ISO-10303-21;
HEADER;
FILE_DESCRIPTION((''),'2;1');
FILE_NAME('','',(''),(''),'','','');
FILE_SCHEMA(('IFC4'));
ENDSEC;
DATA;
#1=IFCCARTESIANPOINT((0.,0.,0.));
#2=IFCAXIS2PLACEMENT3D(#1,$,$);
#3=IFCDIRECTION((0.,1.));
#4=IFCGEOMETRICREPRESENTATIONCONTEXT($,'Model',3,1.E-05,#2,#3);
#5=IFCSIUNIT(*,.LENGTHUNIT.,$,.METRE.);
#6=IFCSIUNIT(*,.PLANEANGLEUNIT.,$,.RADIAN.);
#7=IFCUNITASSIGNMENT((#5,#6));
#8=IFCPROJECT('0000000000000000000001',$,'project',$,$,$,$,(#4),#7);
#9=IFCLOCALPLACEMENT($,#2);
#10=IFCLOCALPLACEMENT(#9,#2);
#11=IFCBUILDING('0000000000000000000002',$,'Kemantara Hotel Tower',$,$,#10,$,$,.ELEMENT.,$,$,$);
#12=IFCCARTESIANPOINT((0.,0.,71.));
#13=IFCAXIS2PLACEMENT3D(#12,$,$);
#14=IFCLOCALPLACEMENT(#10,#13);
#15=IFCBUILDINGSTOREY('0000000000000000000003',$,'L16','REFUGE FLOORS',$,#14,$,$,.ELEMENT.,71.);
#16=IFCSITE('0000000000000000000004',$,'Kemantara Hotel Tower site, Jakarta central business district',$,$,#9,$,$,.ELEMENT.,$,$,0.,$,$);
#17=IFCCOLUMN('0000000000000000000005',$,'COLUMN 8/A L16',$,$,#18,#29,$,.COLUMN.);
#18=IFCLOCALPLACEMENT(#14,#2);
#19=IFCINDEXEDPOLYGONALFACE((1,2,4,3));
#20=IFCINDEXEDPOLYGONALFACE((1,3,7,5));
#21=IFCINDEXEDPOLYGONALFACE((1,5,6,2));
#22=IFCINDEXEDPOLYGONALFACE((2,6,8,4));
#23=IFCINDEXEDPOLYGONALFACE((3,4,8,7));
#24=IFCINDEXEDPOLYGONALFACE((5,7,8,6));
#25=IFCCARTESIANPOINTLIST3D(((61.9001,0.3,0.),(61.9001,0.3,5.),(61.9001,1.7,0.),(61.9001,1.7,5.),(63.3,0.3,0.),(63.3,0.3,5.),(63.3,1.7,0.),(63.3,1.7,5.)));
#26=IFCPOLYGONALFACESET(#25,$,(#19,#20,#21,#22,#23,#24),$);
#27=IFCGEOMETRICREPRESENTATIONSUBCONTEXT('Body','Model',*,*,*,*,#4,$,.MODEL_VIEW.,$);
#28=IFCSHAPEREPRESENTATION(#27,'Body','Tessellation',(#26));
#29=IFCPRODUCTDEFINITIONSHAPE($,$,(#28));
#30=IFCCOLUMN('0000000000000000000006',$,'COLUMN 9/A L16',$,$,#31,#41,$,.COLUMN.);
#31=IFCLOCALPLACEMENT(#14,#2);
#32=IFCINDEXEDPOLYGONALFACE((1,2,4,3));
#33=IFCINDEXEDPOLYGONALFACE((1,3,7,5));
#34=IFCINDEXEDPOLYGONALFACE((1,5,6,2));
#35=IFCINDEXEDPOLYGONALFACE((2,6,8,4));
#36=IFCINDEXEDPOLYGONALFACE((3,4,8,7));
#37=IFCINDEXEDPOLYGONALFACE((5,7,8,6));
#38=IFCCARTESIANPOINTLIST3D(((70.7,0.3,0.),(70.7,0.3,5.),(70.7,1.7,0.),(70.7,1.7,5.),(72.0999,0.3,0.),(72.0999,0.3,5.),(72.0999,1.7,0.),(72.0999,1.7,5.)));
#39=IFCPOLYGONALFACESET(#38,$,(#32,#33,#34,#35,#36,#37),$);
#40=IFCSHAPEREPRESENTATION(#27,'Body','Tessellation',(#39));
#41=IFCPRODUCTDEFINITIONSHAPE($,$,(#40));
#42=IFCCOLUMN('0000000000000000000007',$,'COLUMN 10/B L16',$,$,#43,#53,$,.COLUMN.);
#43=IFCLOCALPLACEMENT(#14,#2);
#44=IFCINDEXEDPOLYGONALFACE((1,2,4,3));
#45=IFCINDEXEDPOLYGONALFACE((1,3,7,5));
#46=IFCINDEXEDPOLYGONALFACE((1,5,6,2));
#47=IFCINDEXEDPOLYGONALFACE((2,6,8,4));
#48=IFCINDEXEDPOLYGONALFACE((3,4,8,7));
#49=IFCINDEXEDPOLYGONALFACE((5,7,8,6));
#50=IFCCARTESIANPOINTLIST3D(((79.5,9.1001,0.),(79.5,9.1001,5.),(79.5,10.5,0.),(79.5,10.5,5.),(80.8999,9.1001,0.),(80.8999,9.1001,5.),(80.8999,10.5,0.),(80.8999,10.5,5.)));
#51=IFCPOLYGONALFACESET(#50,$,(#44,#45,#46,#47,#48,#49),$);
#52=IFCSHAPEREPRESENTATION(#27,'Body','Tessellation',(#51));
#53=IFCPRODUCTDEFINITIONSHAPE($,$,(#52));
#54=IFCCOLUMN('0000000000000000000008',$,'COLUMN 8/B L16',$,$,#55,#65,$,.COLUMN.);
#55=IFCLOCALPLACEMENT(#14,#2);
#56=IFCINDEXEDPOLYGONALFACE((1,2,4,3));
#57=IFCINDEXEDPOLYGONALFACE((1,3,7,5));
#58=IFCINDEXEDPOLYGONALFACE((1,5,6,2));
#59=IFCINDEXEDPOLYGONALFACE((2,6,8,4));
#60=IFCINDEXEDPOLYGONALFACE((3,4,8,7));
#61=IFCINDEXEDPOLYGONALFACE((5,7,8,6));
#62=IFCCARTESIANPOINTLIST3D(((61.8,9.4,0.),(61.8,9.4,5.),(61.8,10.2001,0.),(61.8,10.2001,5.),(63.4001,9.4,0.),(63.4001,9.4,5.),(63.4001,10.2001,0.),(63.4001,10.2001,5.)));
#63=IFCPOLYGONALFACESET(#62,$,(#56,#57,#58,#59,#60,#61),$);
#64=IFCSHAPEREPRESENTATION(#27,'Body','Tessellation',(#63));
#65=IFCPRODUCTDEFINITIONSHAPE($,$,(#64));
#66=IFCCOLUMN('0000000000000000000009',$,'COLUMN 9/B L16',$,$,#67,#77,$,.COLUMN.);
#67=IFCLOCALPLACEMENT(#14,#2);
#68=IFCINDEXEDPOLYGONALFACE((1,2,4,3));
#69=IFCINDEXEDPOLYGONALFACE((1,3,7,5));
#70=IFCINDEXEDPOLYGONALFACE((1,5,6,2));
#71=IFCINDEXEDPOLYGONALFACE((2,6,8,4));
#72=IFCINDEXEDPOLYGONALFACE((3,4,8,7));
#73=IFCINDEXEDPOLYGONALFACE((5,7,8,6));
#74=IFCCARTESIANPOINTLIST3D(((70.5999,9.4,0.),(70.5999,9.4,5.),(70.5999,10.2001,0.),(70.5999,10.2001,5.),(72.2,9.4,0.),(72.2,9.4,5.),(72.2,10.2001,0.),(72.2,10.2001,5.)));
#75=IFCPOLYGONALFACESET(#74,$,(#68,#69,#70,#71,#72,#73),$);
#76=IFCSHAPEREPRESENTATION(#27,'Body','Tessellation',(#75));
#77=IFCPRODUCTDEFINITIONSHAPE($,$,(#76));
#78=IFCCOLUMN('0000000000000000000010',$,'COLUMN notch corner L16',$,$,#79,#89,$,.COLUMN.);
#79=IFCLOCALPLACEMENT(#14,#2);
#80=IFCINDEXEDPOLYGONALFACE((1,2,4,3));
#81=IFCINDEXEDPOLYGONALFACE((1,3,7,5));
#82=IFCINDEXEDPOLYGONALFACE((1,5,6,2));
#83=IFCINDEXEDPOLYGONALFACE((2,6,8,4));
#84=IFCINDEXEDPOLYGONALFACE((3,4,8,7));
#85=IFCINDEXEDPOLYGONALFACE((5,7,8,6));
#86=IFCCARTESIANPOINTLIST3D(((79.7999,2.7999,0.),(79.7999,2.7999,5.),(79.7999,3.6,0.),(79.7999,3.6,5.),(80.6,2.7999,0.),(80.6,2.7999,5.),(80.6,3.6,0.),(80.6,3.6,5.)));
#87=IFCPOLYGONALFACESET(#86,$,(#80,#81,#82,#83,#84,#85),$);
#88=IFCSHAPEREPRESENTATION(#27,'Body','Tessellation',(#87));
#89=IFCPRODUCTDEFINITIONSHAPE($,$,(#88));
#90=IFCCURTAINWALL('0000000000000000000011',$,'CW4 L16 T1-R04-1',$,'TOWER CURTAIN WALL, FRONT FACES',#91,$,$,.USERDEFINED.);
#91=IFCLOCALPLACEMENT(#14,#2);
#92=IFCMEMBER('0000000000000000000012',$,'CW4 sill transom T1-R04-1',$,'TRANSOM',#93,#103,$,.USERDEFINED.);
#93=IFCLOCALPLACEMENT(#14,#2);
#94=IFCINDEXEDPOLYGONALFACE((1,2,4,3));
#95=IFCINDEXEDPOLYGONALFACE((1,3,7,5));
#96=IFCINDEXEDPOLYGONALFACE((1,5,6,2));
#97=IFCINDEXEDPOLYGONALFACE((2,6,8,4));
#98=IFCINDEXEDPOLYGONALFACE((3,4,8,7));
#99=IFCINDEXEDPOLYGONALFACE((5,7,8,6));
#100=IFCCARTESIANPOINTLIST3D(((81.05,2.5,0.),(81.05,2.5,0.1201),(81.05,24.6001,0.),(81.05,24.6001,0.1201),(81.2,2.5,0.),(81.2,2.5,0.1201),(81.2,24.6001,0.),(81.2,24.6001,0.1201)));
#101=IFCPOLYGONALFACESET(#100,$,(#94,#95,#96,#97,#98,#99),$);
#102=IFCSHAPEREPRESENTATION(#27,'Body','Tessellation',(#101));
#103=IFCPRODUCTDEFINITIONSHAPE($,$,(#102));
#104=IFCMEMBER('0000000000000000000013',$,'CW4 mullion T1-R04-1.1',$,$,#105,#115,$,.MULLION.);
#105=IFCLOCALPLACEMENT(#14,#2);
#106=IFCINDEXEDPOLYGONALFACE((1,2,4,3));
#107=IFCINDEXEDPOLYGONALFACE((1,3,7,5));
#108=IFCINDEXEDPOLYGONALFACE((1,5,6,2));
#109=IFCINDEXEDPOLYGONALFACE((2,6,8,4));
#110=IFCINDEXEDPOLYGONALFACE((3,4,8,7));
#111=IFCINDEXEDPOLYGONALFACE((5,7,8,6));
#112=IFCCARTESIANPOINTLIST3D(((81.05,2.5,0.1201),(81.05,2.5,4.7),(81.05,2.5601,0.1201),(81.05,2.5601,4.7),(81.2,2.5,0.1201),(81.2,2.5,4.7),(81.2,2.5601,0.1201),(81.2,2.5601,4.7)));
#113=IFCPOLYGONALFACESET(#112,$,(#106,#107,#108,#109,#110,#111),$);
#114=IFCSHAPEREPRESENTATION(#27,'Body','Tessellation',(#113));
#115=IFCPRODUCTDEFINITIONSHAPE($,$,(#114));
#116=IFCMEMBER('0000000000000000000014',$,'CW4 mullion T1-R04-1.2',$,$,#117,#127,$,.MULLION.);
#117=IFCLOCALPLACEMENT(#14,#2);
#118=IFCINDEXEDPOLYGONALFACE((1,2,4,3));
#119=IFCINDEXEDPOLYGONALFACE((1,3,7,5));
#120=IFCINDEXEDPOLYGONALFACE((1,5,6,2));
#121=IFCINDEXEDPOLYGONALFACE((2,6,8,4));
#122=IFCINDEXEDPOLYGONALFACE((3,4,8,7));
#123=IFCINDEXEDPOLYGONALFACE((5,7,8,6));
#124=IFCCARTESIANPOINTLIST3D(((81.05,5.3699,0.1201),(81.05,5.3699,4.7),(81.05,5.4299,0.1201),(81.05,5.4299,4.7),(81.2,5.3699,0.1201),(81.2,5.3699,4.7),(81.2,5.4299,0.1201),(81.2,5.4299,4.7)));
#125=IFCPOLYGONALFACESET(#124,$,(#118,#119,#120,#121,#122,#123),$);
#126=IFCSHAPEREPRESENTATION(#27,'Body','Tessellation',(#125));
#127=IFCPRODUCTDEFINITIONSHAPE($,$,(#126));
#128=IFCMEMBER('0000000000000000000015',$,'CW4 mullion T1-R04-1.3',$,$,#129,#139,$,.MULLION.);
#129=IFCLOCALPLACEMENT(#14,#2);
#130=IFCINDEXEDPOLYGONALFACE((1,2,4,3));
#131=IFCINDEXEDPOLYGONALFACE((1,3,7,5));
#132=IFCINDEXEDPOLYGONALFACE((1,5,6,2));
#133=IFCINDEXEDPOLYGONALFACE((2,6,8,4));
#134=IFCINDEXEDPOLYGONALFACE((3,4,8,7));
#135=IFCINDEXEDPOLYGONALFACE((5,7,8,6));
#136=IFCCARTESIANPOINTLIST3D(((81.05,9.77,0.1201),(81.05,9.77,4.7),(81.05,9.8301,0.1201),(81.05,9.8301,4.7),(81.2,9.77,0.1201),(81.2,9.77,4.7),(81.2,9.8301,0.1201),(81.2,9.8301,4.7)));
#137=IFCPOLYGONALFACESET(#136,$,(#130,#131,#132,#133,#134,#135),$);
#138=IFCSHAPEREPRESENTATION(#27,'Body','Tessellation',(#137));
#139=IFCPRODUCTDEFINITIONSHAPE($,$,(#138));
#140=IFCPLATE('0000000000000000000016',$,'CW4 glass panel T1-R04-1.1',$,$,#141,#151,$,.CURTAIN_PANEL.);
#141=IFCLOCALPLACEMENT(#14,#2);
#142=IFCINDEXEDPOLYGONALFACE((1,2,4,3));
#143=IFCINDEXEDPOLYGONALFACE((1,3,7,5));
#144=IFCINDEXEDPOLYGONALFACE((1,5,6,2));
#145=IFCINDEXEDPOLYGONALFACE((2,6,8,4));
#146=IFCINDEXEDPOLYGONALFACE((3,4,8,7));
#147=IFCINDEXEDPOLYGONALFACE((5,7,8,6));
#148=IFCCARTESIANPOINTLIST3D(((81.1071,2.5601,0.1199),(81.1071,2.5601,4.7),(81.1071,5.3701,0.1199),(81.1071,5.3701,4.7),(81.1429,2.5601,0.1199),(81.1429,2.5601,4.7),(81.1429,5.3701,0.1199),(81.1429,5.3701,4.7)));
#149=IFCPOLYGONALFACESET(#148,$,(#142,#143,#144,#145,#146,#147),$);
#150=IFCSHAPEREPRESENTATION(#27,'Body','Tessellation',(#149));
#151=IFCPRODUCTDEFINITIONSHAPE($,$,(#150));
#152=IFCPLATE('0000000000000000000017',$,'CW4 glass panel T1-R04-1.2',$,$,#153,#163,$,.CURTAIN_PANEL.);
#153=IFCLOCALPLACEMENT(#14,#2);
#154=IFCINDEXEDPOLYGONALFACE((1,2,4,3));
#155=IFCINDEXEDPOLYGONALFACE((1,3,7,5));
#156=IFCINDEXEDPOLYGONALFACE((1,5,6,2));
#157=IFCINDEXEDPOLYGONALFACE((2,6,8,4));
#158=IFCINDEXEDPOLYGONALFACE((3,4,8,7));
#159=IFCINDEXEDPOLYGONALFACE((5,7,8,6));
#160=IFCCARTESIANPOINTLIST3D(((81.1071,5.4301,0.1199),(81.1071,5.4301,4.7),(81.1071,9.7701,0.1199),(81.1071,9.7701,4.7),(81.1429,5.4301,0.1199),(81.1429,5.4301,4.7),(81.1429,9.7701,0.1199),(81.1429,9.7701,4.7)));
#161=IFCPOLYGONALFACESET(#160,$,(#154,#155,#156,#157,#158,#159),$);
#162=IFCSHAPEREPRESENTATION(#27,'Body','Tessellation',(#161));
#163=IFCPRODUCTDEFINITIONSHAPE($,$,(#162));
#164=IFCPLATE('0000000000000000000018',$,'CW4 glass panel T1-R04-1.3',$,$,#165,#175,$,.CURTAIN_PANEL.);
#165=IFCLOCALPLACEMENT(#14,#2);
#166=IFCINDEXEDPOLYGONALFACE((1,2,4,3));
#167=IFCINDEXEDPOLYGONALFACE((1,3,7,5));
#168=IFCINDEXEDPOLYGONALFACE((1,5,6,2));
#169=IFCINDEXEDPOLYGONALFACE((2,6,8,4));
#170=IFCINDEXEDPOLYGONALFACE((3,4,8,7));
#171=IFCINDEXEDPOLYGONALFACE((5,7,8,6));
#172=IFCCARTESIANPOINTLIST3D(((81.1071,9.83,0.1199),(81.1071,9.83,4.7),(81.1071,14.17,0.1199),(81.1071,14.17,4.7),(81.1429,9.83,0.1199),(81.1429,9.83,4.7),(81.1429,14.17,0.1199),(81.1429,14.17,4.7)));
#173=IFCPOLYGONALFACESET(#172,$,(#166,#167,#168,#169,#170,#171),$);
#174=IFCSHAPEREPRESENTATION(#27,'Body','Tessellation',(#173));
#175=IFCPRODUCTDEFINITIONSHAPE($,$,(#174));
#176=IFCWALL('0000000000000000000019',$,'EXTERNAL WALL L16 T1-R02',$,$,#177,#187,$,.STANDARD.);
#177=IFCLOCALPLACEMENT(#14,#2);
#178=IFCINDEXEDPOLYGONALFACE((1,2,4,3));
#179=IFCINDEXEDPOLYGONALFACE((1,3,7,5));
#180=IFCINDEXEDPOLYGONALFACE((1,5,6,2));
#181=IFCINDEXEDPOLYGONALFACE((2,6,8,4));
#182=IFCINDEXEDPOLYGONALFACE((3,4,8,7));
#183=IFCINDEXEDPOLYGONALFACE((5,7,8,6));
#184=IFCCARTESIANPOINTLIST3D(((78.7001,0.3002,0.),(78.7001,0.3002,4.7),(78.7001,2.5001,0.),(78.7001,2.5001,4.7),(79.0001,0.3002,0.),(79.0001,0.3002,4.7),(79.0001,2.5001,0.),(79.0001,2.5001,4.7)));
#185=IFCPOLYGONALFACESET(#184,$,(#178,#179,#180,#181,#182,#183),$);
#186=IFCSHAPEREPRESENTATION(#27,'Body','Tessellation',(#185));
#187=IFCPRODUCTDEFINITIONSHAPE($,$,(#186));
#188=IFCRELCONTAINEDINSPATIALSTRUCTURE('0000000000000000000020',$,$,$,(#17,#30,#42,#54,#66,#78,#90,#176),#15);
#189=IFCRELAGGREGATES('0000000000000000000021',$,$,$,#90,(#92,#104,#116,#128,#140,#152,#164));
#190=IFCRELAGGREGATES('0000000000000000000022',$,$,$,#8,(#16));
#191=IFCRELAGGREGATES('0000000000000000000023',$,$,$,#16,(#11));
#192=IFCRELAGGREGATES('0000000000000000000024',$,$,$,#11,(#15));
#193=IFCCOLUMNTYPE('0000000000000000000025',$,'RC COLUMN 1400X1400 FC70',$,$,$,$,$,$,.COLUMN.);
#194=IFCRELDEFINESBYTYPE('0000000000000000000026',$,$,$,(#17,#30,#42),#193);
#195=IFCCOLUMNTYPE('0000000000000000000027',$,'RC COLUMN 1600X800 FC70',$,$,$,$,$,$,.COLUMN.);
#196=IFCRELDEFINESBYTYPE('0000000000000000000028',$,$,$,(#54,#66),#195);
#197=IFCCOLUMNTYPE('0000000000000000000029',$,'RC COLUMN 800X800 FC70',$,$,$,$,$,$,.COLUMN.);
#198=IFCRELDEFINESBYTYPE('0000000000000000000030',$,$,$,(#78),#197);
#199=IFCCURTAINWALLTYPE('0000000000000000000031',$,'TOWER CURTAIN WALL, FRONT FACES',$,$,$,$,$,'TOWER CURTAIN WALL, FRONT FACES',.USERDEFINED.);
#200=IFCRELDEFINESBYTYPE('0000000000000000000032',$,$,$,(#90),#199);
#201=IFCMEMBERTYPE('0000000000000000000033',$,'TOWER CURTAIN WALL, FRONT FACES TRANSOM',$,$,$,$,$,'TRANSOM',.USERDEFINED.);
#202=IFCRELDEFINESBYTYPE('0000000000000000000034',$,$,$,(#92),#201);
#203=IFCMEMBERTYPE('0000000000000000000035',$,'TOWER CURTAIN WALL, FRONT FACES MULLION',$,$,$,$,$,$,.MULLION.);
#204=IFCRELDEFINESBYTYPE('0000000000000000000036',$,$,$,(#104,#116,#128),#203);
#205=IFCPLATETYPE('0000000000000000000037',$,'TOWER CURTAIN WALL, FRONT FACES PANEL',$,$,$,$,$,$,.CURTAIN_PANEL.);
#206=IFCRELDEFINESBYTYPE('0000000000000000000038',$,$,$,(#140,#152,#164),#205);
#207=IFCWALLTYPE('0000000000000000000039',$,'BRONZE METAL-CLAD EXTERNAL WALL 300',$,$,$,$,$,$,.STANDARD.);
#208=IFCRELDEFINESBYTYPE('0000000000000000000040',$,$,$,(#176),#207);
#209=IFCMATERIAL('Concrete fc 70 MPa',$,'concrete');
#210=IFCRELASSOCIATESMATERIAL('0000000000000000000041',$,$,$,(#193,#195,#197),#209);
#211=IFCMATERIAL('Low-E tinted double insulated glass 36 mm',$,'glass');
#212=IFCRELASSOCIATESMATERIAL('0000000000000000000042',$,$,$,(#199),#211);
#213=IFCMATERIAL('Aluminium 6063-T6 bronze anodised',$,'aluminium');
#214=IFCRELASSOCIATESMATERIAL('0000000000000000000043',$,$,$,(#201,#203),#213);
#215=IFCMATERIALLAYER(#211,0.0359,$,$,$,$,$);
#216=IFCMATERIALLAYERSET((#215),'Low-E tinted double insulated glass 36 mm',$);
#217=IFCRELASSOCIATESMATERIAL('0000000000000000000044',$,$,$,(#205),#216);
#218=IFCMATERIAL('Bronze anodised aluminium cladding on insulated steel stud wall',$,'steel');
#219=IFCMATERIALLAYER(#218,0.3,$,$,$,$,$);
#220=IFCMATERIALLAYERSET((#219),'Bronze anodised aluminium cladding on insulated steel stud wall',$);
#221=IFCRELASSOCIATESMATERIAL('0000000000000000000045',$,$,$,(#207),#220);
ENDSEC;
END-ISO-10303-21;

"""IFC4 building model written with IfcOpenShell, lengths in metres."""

from ifc_helpers import new_model, si_unit, direction, frame, frame_2d, origin, origin_2d, place, context, subcontext, project, spatial, rectangle, extrude, source, transform, mapped, material, layer, layer_set, material_profile, profile_set, type_object, element, aggregate, save


model = new_model("IFC4")

# Units and contexts
model_context = context("Model", 3, precision=1e-05, world=origin(), true_north=direction((0.0, 1.0)))
body_context = subcontext(model_context, "Body", "Model", "MODEL_VIEW")
ifc_project = project(units=[si_unit("LENGTHUNIT", "METRE"), si_unit("PLANEANGLEUNIT", "RADIAN")], contexts=[model_context])

# Site, building, storey
site_placement = place(None, origin())
site = spatial("IfcSite", under=ifc_project, at=site_placement, Name="Kemantara Hotel Tower site, Jakarta central business district", CompositionType="ELEMENT", RefElevation=0.0)
building_placement = place(site_placement, origin())
building = spatial("IfcBuilding", under=site, at=building_placement, Name="Kemantara Hotel Tower", CompositionType="ELEMENT")
storey_placement = place(building_placement, frame((0.0, 0.0, 71.0)))
storey = spatial("IfcBuildingStorey", under=building, at=storey_placement, Name="L16", Description="REFUGE FLOORS", CompositionType="ELEMENT", Elevation=71.0)

# Columns
ifc_material_1 = material(Name="Concrete fc 70 MPa", Category="concrete")
ifc_material_profile_1 = material_profile(ifc_material_1, rectangle(XDim=1.3999, YDim=1.3999, at=origin_2d()), Name="RC 1400X1400")
ifc_profile_set_1 = profile_set([ifc_material_profile_1], Name="Concrete fc 70 MPa")
column_type_1 = type_object("IfcColumnType", Name="RC COLUMN 1400X1400 FC70", PredefinedType="COLUMN", material=ifc_profile_set_1)
for number, where, z_axis, x_axis, name in (
    (1, (62.6001, 1.0, 0.0), (0.0, 0.0, 1.0), (1.0, 0.0, 0.0), "COLUMN 8/A L16"),
    (2, (71.3999, 1.0, 0.0), (0.0, 0.0, 1.0), (1.0, 0.0, 0.0), "COLUMN 9/A L16"),
    (3, (80.2, 9.8, 0.0), (0.0, 0.0, 1.0), (1.0, 0.0, 0.0), "COLUMN 10/B L16"),
):
    element("IfcColumn", number, at=place(storey_placement, frame(where, z_axis=z_axis, x_axis=x_axis)), inside=storey, type_object=column_type_1, Name=name, PredefinedType="COLUMN", context=body_context, shape_type="SweptSolid", body=[
        extrude(rectangle(XDim=1.3999, YDim=1.3999, at=origin_2d()), origin(), (0.0, 0.0, 1.0), 5.0),
    ])
ifc_material_profile_2 = material_profile(ifc_material_1, rectangle(XDim=1.6001, YDim=0.8, at=origin_2d()), Name="RC 1600X800")
ifc_profile_set_2 = profile_set([ifc_material_profile_2], Name="Concrete fc 70 MPa")
column_type_2 = type_object("IfcColumnType", Name="RC COLUMN 1600X800 FC70", PredefinedType="COLUMN", material=ifc_profile_set_2)
for number, where, z_axis, x_axis, name in (
    (4, (62.6001, 9.8, 0.0), (0.0, 0.0, 1.0), (1.0, 0.0, 0.0), "COLUMN 8/B L16"),
    (5, (71.3999, 9.8, 0.0), (0.0, 0.0, 1.0), (1.0, 0.0, 0.0), "COLUMN 9/B L16"),
):
    element("IfcColumn", number, at=place(storey_placement, frame(where, z_axis=z_axis, x_axis=x_axis)), inside=storey, type_object=column_type_2, Name=name, PredefinedType="COLUMN", context=body_context, shape_type="SweptSolid", body=[
        extrude(rectangle(XDim=1.6001, YDim=0.8, at=origin_2d()), origin(), (0.0, 0.0, 1.0), 5.0),
    ])
ifc_material_profile_3 = material_profile(ifc_material_1, rectangle(XDim=0.8, YDim=0.8, at=origin_2d()), Name="RC 800X800")
ifc_profile_set_3 = profile_set([ifc_material_profile_3], Name="Concrete fc 70 MPa")
column_type_3 = type_object("IfcColumnType", Name="RC COLUMN 800X800 FC70", PredefinedType="COLUMN", material=ifc_profile_set_3)
column_placement = place(storey_placement, frame((80.2, 3.2, 0.0), z_axis=(0.0, 0.0, 1.0), x_axis=(1.0, 0.0, 0.0)))
element("IfcColumn", 6, at=column_placement, inside=storey, type_object=column_type_3, Name="COLUMN notch corner L16", PredefinedType="COLUMN", context=body_context, shape_type="SweptSolid", body=[
    extrude(rectangle(XDim=0.8, YDim=0.8, at=origin_2d()), origin(), (0.0, 0.0, 1.0), 5.0),
])

# Curtain wall, members, plates
ifc_material_2 = material(Name="Low-E tinted double insulated glass 36 mm", Category="glass")
curtain_wall_type = type_object("IfcCurtainWallType", Name="TOWER CURTAIN WALL, FRONT FACES", ElementType="TOWER CURTAIN WALL, FRONT FACES", PredefinedType="USERDEFINED", material=ifc_material_2)
curtain_wall_placement = place(storey_placement, origin())
curtain_wall = element("IfcCurtainWall", 7, at=curtain_wall_placement, inside=storey, type_object=curtain_wall_type, Name="CW4 L16 T1-R04-1", ObjectType="TOWER CURTAIN WALL, FRONT FACES", PredefinedType="USERDEFINED")
ifc_material_3 = material(Name="Aluminium 6063-T6 bronze anodised", Category="aluminium")
ifc_material_profile_4 = material_profile(ifc_material_3, rectangle(XDim=0.1499, YDim=0.1201, at=origin_2d()), Name="TOWER CURTAIN WALL, FRONT FACES TRANSOM")
ifc_profile_set_4 = profile_set([ifc_material_profile_4], Name="Aluminium 6063-T6 bronze anodised")
member_type_1 = type_object("IfcMemberType", Name="TOWER CURTAIN WALL, FRONT FACES TRANSOM", ElementType="TRANSOM", PredefinedType="USERDEFINED", material=ifc_profile_set_4)
member_1_placement = place(storey_placement, frame((81.125, 2.5, 0.0601), z_axis=(0.0, 1.0, 0.0), x_axis=(-1.0, 0.0, 0.0)))
member_1 = element("IfcMember", 8, at=member_1_placement, type_object=member_type_1, Name="CW4 sill transom T1-R04-1", ObjectType="TRANSOM", PredefinedType="USERDEFINED", context=body_context, shape_type="SweptSolid", body=[
    extrude(rectangle(XDim=0.1499, YDim=0.1201, at=origin_2d()), origin(), (0.0, 0.0, 1.0), 22.1001),
])
ifc_material_profile_5 = material_profile(ifc_material_3, rectangle(XDim=0.1499, YDim=0.0601, at=origin_2d()), Name="TOWER CURTAIN WALL, FRONT FACES MULLION")
ifc_profile_set_5 = profile_set([ifc_material_profile_5], Name="Aluminium 6063-T6 bronze anodised")
member_type_2 = type_object("IfcMemberType", Name="TOWER CURTAIN WALL, FRONT FACES MULLION", PredefinedType="MULLION", material=ifc_profile_set_5)
shared_shape_1 = source(origin(), body_context, "Body", "SweptSolid", [
    extrude(rectangle(XDim=0.1499, YDim=0.0601, at=origin_2d()), origin(), (0.0, 0.0, 1.0), 4.5798),
])
member_2_placement = place(storey_placement, frame((81.125, 2.53, 0.1201), z_axis=(0.0, 0.0, 1.0), x_axis=(-1.0, 0.0, 0.0)))
member_2 = element("IfcMember", 9, at=member_2_placement, type_object=member_type_2, Name="CW4 mullion T1-R04-1.1", PredefinedType="MULLION", context=body_context, shape_type="MappedRepresentation", body=[
    mapped(shared_shape_1, transform((0.0, 0.0, 0.0))),
])
member_3_placement = place(storey_placement, frame((81.125, 5.3999, 0.1201), z_axis=(0.0, 0.0, 1.0), x_axis=(-1.0, 0.0, 0.0)))
member_3 = element("IfcMember", 10, at=member_3_placement, type_object=member_type_2, Name="CW4 mullion T1-R04-1.2", PredefinedType="MULLION", context=body_context, shape_type="MappedRepresentation", body=[
    mapped(shared_shape_1, transform((0.0, 0.0, 0.0))),
])
member_4_placement = place(storey_placement, frame((81.125, 9.8, 0.1201), z_axis=(0.0, 0.0, 1.0), x_axis=(-1.0, 0.0, 0.0)))
member_4 = element("IfcMember", 11, at=member_4_placement, type_object=member_type_2, Name="CW4 mullion T1-R04-1.3", PredefinedType="MULLION", context=body_context, shape_type="MappedRepresentation", body=[
    mapped(shared_shape_1, transform((0.0, 0.0, 0.0))),
])
ifc_layer_1 = layer(ifc_material_2, 0.0359)
ifc_layer_set_1 = layer_set([ifc_layer_1], Name="Low-E tinted double insulated glass 36 mm")
plate_type = type_object("IfcPlateType", Name="TOWER CURTAIN WALL, FRONT FACES PANEL", PredefinedType="CURTAIN_PANEL", material=ifc_layer_set_1)
shared_shape_2 = source(origin(), body_context, "Body", "SweptSolid", [
    extrude(rectangle(XDim=2.8101, YDim=0.0359, at=origin_2d()), origin(), (0.0, 0.0, 1.0), 4.5801),
])
plate_1_placement = place(storey_placement, frame((81.125, 3.9651, 0.1199), z_axis=(0.0, 0.0, 1.0), x_axis=(0.0, 1.0, 0.0)))
plate_1 = element("IfcPlate", 12, at=plate_1_placement, type_object=plate_type, Name="CW4 glass panel T1-R04-1.1", PredefinedType="CURTAIN_PANEL", context=body_context, shape_type="MappedRepresentation", body=[
    mapped(shared_shape_2, transform((0.0, 0.0, 0.0))),
])
shared_shape_3 = source(origin(), body_context, "Body", "SweptSolid", [
    extrude(rectangle(XDim=4.3401, YDim=0.0359, at=origin_2d()), origin(), (0.0, 0.0, 1.0), 4.5801),
])
plate_2_placement = place(storey_placement, frame((81.125, 7.6001, 0.1199), z_axis=(0.0, 0.0, 1.0), x_axis=(0.0, 1.0, 0.0)))
plate_2 = element("IfcPlate", 13, at=plate_2_placement, type_object=plate_type, Name="CW4 glass panel T1-R04-1.2", PredefinedType="CURTAIN_PANEL", context=body_context, shape_type="MappedRepresentation", body=[
    mapped(shared_shape_3, transform((0.0, 0.0, 0.0))),
])
plate_3_placement = place(storey_placement, frame((81.125, 12.0, 0.1199), z_axis=(0.0, 0.0, 1.0), x_axis=(0.0, 1.0, 0.0)))
plate_3 = element("IfcPlate", 14, at=plate_3_placement, type_object=plate_type, Name="CW4 glass panel T1-R04-1.3", PredefinedType="CURTAIN_PANEL", context=body_context, shape_type="MappedRepresentation", body=[
    mapped(shared_shape_3, transform((0.0, 0.0, 0.0))),
])
aggregate(curtain_wall, [member_1, member_2, member_3, member_4, plate_1, plate_2, plate_3])

# Wall
ifc_material_4 = material(Name="Bronze anodised aluminium cladding on insulated steel stud wall", Category="steel")
ifc_layer_2 = layer(ifc_material_4, 0.3)
ifc_layer_set_2 = layer_set([ifc_layer_2], Name="Bronze anodised aluminium cladding on insulated steel stud wall")
wall_type_1 = type_object("IfcWallType", Name="BRONZE METAL-CLAD EXTERNAL WALL 300", PredefinedType="STANDARD", material=ifc_layer_set_2)
for number, where, z_axis, x_axis, name in (
    (15, (78.8501, 0.3, 0.0), (0.0, 0.0, 1.0), (0.0, 1.0, 0.0), "EXTERNAL WALL L16 T1-R02"),
):
    element("IfcWall", number, at=place(storey_placement, frame(where, z_axis=z_axis, x_axis=x_axis)), inside=storey, type_object=wall_type_1, Name=name, PredefinedType="STANDARD", context=body_context, shape_type="SweptSolid", body=[
        extrude(rectangle(XDim=2.2, YDim=0.3, at=frame_2d((1.1001, 0.0))), origin(), (0.0, 0.0, 1.0), 4.7),
    ])

save(model, "model.ifc")
